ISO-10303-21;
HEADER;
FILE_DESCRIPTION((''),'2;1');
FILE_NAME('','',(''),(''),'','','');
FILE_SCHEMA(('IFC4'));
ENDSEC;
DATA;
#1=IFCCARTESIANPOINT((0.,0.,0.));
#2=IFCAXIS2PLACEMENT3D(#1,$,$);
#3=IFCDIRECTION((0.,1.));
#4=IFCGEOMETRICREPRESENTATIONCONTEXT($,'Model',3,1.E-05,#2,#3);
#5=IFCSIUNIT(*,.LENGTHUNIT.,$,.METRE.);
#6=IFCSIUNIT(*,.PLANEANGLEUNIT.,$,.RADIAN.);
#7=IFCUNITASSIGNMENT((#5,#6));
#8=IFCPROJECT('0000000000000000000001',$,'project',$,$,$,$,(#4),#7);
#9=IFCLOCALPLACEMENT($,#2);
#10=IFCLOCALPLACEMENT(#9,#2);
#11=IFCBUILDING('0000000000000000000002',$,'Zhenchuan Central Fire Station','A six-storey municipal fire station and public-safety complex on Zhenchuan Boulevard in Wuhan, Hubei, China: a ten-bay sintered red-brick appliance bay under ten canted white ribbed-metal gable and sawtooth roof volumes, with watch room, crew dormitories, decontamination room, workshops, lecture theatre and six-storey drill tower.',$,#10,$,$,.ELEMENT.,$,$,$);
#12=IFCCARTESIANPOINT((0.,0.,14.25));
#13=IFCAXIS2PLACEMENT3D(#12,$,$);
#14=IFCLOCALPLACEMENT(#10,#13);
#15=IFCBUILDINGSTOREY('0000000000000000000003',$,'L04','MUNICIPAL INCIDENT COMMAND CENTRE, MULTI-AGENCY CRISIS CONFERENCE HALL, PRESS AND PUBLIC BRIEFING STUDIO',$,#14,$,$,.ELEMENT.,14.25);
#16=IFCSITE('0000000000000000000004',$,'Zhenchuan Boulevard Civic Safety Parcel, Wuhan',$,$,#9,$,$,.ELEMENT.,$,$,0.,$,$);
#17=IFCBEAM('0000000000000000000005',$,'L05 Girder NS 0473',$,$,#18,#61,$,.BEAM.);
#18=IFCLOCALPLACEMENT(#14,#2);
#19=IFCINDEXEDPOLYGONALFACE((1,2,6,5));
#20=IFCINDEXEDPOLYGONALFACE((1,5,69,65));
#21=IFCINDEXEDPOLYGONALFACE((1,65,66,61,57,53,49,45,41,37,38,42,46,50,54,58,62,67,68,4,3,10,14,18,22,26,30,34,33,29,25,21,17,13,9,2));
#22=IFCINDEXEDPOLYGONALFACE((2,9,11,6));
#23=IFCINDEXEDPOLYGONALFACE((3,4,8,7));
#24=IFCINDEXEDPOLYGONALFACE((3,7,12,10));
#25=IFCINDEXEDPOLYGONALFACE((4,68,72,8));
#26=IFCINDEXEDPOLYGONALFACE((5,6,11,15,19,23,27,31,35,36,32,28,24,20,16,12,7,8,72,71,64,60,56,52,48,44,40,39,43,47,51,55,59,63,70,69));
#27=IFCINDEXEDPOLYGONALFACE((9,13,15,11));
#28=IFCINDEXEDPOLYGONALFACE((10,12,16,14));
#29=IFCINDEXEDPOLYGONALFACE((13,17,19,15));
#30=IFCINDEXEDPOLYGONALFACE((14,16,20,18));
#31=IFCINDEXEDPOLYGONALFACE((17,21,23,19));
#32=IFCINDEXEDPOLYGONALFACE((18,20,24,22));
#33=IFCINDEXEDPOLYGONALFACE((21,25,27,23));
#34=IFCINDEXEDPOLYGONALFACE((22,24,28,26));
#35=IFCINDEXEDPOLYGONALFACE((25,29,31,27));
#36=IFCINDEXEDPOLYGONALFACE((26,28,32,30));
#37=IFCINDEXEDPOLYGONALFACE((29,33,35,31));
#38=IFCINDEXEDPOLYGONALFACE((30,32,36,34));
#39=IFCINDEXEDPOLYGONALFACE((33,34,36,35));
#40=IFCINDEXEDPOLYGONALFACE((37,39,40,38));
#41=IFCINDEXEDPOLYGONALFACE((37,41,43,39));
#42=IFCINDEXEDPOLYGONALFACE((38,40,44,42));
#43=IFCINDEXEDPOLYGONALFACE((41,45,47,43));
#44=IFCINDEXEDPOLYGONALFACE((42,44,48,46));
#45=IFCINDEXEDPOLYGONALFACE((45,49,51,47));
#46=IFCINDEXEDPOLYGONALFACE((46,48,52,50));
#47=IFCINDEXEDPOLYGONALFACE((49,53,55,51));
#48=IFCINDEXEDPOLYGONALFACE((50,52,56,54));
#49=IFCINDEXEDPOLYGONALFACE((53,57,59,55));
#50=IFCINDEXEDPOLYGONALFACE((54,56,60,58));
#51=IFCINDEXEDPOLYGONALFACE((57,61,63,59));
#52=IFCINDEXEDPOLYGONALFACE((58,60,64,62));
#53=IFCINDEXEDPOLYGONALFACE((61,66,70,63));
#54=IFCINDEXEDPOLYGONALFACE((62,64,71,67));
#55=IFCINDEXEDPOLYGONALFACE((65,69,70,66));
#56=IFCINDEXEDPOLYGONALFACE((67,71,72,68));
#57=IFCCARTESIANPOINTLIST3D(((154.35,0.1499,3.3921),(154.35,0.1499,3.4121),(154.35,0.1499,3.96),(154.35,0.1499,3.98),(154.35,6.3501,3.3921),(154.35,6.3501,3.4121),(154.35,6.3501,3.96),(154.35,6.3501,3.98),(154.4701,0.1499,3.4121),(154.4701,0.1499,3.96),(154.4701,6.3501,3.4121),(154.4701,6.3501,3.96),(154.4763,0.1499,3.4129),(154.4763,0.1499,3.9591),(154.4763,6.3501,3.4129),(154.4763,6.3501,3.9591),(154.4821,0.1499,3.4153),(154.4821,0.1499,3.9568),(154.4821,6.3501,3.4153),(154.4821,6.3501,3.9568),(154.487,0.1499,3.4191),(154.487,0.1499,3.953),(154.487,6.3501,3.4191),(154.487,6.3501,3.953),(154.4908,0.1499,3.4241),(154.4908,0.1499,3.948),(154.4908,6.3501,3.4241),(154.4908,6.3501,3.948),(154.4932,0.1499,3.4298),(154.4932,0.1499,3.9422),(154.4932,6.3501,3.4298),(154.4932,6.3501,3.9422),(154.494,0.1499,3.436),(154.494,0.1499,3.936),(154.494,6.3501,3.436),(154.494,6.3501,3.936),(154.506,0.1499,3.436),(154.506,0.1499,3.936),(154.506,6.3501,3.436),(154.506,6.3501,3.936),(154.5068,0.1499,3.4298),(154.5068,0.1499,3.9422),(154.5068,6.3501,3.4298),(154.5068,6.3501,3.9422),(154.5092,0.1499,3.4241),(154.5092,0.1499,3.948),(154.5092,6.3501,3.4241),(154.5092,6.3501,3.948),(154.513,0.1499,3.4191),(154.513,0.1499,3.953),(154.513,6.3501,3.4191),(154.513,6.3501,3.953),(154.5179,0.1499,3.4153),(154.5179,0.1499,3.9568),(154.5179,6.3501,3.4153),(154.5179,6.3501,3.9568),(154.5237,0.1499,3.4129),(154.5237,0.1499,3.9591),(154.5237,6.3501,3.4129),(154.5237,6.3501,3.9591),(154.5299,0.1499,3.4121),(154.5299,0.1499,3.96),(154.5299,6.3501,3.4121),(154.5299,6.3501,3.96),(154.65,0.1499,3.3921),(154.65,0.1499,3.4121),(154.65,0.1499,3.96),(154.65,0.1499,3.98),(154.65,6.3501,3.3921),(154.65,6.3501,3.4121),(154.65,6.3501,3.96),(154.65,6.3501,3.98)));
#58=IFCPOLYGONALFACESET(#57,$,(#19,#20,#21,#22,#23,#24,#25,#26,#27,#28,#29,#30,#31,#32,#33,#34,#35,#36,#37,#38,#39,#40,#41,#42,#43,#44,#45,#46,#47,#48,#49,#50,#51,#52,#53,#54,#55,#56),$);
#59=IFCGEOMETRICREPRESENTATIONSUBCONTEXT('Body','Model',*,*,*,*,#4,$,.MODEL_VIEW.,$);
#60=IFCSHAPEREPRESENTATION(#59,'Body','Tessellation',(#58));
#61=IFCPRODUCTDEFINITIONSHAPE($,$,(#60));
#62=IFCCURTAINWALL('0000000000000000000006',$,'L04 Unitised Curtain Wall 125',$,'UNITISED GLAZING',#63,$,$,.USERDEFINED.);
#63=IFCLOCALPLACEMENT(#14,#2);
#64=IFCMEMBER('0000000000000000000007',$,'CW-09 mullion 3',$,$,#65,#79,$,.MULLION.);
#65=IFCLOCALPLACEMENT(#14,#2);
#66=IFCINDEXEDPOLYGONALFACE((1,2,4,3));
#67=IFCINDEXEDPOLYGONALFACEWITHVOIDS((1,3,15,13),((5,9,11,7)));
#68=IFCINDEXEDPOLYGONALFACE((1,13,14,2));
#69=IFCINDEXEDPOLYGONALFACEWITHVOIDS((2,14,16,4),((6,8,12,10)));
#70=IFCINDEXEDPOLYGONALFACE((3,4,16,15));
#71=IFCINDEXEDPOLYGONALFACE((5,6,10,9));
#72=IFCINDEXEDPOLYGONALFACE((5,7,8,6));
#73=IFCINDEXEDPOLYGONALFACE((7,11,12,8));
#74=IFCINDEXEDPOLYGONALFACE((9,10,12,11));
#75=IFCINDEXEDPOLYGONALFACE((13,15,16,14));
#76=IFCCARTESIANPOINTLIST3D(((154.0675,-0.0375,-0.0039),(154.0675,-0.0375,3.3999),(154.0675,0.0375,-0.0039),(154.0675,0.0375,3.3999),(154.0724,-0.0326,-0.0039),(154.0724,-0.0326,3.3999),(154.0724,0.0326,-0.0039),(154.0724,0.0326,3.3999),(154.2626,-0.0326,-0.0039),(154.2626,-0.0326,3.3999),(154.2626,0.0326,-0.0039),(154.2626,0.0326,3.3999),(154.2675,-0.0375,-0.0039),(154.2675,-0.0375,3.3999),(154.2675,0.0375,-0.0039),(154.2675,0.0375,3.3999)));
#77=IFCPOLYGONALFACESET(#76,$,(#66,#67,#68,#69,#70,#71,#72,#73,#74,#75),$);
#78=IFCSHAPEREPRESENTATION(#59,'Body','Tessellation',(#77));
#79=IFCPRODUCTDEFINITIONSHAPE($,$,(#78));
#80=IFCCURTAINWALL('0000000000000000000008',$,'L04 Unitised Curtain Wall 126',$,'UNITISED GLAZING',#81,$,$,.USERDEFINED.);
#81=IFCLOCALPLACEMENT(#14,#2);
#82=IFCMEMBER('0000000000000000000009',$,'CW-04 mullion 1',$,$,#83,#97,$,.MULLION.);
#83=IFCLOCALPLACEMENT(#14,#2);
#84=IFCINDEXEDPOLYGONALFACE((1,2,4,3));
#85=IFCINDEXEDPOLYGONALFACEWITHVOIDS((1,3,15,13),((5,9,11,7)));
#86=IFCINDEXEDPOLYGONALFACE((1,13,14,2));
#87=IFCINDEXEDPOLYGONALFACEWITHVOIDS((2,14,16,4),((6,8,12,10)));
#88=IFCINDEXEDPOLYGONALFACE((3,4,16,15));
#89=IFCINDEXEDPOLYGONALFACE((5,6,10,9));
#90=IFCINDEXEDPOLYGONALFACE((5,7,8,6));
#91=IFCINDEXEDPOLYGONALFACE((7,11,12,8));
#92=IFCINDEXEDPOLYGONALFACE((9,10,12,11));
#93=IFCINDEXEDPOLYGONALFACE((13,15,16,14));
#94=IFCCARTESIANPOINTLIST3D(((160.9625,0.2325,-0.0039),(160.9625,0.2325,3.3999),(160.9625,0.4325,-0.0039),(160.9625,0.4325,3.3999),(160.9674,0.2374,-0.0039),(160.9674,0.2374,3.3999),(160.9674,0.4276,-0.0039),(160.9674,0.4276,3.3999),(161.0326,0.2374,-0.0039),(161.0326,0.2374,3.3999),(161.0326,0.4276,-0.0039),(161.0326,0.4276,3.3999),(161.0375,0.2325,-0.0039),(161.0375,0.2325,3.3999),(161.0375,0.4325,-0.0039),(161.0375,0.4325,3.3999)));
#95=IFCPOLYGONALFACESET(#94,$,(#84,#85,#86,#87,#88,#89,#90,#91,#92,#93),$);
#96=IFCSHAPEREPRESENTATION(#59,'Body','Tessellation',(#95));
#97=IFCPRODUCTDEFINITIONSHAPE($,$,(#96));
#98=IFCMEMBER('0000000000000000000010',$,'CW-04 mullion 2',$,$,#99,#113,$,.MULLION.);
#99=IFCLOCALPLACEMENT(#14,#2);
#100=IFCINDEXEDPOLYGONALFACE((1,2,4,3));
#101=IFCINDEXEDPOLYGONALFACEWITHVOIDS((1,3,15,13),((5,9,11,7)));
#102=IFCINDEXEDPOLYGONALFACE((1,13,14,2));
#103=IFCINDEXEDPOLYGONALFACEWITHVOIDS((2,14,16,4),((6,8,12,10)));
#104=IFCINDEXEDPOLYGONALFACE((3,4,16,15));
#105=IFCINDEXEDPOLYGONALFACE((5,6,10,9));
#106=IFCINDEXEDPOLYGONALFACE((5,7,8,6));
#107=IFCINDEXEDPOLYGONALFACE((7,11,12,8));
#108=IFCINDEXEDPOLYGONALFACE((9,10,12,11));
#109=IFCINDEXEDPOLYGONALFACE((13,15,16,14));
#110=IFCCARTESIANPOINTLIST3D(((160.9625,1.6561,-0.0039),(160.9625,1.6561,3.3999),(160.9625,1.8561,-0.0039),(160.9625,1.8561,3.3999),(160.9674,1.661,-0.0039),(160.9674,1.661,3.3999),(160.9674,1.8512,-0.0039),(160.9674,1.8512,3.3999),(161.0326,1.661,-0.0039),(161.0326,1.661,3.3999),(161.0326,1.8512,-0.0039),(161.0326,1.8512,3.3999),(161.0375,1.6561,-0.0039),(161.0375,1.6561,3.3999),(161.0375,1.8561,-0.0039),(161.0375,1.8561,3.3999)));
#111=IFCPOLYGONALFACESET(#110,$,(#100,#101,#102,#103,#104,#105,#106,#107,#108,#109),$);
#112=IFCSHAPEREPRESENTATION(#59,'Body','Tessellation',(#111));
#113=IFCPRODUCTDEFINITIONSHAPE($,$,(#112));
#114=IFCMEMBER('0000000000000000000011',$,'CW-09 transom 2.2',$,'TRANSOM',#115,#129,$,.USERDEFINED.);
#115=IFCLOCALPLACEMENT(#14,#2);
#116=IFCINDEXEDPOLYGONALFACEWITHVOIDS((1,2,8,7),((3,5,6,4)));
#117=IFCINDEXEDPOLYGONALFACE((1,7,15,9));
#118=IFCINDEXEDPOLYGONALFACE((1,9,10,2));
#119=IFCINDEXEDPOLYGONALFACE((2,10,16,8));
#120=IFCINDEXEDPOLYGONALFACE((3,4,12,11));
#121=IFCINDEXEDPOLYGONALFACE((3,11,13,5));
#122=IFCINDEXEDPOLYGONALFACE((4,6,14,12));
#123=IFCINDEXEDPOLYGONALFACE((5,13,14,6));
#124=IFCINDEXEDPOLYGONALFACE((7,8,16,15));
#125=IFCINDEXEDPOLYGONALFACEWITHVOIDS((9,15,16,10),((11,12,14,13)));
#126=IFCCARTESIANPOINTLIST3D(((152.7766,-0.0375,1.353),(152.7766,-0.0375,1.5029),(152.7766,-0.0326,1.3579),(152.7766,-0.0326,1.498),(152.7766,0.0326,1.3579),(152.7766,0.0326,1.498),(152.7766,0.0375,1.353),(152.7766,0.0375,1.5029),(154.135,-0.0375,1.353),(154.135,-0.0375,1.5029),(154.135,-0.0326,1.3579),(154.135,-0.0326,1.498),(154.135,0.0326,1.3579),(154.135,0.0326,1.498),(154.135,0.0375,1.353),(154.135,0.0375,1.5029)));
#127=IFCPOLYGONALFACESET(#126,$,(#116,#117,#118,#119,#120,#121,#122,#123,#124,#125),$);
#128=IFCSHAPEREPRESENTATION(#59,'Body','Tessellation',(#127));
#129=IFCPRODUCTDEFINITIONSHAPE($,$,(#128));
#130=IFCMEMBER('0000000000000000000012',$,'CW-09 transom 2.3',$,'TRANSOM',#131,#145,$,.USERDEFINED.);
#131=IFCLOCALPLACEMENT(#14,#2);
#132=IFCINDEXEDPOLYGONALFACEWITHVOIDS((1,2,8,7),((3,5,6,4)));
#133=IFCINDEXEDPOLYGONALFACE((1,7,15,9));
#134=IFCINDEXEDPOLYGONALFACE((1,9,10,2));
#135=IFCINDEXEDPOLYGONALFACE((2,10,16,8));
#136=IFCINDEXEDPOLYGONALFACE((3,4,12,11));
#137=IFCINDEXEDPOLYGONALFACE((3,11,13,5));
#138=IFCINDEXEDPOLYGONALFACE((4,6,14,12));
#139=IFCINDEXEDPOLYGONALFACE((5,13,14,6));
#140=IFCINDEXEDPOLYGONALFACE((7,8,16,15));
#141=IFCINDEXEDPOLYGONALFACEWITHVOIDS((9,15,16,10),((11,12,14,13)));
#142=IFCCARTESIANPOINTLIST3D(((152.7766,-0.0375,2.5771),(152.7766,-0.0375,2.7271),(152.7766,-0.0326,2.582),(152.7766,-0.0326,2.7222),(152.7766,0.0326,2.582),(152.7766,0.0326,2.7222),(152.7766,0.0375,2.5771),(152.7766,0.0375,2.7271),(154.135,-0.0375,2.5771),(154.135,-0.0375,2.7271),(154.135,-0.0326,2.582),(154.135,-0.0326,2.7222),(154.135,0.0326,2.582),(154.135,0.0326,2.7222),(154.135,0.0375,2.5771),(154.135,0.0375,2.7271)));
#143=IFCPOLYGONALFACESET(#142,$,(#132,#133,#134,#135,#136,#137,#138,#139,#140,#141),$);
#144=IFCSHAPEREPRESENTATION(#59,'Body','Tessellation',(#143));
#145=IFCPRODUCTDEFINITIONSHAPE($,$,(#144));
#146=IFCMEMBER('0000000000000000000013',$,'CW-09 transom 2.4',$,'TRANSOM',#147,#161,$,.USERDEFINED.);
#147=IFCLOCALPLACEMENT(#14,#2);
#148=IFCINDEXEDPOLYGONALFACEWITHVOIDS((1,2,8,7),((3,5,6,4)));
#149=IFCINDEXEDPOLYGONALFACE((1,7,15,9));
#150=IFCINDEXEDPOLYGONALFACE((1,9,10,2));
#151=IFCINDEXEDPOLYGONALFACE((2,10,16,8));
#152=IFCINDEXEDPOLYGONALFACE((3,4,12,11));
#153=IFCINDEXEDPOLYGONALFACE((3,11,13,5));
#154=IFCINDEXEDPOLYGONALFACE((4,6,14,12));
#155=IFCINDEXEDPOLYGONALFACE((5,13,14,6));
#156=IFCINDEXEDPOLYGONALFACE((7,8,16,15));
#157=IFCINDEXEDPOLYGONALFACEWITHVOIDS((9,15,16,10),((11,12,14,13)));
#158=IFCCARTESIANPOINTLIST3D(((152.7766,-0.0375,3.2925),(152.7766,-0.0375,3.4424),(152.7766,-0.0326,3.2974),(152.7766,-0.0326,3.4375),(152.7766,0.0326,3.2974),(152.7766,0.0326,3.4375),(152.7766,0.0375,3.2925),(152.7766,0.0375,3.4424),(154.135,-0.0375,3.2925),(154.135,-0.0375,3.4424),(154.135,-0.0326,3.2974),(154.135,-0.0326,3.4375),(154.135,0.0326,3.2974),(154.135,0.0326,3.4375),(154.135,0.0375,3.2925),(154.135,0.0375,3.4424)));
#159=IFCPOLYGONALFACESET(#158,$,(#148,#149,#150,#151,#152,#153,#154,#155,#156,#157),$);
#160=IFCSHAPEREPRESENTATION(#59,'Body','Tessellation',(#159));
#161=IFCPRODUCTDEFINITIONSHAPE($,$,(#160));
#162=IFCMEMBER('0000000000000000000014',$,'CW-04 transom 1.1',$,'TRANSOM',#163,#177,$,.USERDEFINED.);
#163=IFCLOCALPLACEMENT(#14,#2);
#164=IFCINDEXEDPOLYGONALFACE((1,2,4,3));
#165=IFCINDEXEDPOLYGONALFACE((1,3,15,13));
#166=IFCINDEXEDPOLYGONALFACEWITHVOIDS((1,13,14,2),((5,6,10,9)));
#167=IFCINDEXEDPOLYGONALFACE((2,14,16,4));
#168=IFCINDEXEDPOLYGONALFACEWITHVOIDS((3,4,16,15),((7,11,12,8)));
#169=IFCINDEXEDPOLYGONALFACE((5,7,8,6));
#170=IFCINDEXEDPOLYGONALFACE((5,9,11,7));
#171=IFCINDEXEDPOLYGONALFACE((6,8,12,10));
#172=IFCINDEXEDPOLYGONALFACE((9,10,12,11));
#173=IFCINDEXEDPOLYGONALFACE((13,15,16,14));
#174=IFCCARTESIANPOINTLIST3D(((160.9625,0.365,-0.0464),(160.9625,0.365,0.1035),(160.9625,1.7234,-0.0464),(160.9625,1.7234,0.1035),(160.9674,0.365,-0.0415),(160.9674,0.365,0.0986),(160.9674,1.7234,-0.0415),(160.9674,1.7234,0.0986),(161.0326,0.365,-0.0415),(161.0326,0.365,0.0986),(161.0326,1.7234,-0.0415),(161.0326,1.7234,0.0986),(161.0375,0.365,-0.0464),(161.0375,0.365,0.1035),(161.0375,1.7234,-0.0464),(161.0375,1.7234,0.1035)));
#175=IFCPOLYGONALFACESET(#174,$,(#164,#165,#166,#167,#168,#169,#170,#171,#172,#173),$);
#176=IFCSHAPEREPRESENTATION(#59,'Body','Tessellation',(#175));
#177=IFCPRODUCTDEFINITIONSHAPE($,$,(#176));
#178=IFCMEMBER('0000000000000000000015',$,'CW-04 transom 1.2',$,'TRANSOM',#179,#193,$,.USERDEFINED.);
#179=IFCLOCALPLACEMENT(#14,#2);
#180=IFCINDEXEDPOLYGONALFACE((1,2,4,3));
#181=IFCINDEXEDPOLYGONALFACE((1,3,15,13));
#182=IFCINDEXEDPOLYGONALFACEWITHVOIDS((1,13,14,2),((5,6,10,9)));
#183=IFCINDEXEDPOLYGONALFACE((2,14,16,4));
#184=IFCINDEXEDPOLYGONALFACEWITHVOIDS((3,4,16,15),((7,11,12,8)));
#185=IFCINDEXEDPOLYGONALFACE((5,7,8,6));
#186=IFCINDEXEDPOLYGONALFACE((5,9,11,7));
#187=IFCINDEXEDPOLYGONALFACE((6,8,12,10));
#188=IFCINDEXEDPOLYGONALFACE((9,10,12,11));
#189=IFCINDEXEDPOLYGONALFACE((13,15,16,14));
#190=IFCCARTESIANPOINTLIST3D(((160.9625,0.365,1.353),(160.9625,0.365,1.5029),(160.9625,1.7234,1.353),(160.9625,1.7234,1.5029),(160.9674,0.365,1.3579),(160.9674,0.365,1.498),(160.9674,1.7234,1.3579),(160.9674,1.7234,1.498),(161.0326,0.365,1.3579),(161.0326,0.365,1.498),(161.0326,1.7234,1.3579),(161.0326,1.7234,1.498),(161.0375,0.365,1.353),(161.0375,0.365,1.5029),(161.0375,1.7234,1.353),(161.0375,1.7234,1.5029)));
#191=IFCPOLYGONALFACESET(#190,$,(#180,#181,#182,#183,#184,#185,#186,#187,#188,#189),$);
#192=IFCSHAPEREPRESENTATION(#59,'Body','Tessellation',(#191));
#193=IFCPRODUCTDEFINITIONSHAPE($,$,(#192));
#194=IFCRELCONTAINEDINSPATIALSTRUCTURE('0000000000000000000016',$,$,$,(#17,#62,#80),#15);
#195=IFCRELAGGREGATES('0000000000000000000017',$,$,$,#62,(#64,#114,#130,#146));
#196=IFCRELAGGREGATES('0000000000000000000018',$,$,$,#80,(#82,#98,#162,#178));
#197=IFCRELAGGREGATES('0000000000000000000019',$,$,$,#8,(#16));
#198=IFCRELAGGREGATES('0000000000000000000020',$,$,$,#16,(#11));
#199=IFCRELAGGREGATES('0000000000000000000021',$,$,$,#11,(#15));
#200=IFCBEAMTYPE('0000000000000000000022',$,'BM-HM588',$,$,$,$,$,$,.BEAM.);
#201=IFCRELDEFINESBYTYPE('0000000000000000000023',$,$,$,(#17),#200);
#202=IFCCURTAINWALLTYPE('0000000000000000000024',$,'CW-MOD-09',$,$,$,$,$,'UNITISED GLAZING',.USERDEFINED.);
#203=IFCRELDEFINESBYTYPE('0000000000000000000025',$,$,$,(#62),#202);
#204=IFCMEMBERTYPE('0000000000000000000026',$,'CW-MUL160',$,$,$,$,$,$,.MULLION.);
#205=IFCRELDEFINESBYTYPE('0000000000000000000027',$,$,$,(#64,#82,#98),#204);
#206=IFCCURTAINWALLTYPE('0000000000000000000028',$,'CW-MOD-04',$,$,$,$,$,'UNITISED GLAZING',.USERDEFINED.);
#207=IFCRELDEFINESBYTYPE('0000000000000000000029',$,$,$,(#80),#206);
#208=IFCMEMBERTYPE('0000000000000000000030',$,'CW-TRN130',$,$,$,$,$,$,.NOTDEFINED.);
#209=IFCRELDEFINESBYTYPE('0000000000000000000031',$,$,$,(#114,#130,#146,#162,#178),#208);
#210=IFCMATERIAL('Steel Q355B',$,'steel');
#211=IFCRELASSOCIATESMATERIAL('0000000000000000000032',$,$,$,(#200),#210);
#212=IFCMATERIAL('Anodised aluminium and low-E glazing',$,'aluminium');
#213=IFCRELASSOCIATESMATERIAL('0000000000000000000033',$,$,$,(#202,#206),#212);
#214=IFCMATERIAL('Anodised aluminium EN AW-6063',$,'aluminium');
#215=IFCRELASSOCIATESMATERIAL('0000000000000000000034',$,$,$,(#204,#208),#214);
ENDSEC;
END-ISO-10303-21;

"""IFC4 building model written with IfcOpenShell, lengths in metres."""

from ifc_helpers import new_model, si_unit, direction, frame, origin, origin_2d, place, context, subcontext, project, spatial, hollow_rectangle, i_section, extrude, material, material_profile, profile_set, type_object, element, aggregate, save


model = new_model("IFC4")

# Units and contexts
model_context = context("Model", 3, precision=1e-05, world=origin(), true_north=direction((0.0, 1.0)))
body_context = subcontext(model_context, "Body", "Model", "MODEL_VIEW")
ifc_project = project(units=[si_unit("LENGTHUNIT", "METRE"), si_unit("PLANEANGLEUNIT", "RADIAN")], contexts=[model_context])

# Site, building, storey
site_placement = place(None, origin())
site = spatial("IfcSite", under=ifc_project, at=site_placement, Name="Zhenchuan Boulevard Civic Safety Parcel, Wuhan", CompositionType="ELEMENT", RefElevation=0.0)
building_placement = place(site_placement, origin())
building = spatial("IfcBuilding", under=site, at=building_placement, Name="Zhenchuan Central Fire Station", Description="A six-storey municipal fire station and public-safety complex on Zhenchuan Boulevard in Wuhan, Hubei, China: a ten-bay sintered red-brick appliance bay under ten canted white ribbed-metal gable and sawtooth roof volumes, with watch room, crew dormitories, decontamination room, workshops, lecture theatre and six-storey drill tower.", CompositionType="ELEMENT")
storey_placement = place(building_placement, frame((0.0, 0.0, 14.25)))
storey = spatial("IfcBuildingStorey", under=building, at=storey_placement, Name="L04", Description="MUNICIPAL INCIDENT COMMAND CENTRE, MULTI-AGENCY CRISIS CONFERENCE HALL, PRESS AND PUBLIC BRIEFING STUDIO", CompositionType="ELEMENT", Elevation=14.25)

# Shared definitions
ifc_material_1 = material(Name="Steel Q355B", Category="steel")

# Beam
ifc_material_profile_1 = material_profile(ifc_material_1, i_section(OverallWidth=0.3, OverallDepth=0.5879, WebThickness=0.012, FlangeThickness=0.02, FilletRadius=0.0239, at=origin_2d()), Name="HM 588x300")
ifc_profile_set_1 = profile_set([ifc_material_profile_1], Name="Steel Q355B")
beam_type_1 = type_object("IfcBeamType", Name="BM-HM588", PredefinedType="BEAM", material=ifc_profile_set_1)
beam_1_placement = place(storey_placement, frame((154.5, 0.1499, 3.686), z_axis=(0.0, 1.0, 0.0), x_axis=(-1.0, 0.0, 0.0)))
element("IfcBeam", 1, at=beam_1_placement, inside=storey, type_object=beam_type_1, Name="L05 Girder NS 0473", PredefinedType="BEAM", context=body_context, shape_type="SweptSolid", body=[
    extrude(i_section(OverallWidth=0.3, OverallDepth=0.5879, WebThickness=0.012, FlangeThickness=0.02, FilletRadius=0.0239, at=origin_2d()), origin(), (0.0, 0.0, 1.0), 6.2002),
])

# Curtain wall, member
ifc_material_2 = material(Name="Anodised aluminium and low-E glazing", Category="aluminium")
curtain_wall_type_1 = type_object("IfcCurtainWallType", Name="CW-MOD-09", ElementType="UNITISED GLAZING", PredefinedType="USERDEFINED", material=ifc_material_2)
curtain_wall_1_placement = place(storey_placement, origin())
curtain_wall_1 = element("IfcCurtainWall", 2, at=curtain_wall_1_placement, inside=storey, type_object=curtain_wall_type_1, Name="L04 Unitised Curtain Wall 125", ObjectType="UNITISED GLAZING", PredefinedType="USERDEFINED")
ifc_material_3 = material(Name="Anodised aluminium EN AW-6063", Category="aluminium")
ifc_material_profile_2 = material_profile(ifc_material_3, hollow_rectangle(XDim=0.075, YDim=0.2, WallThickness=0.0049, at=origin_2d()), Name="ALU-M 200x75")
ifc_profile_set_2 = profile_set([ifc_material_profile_2], Name="Anodised aluminium EN AW-6063")
member_type_1 = type_object("IfcMemberType", Name="CW-MUL160", PredefinedType="MULLION", material=ifc_profile_set_2)
member_1_placement = place(storey_placement, frame((154.1675, 0.0, -0.0039), z_axis=(0.0, 0.0, 1.0), x_axis=(0.0, 1.0, 0.0)))
member_1 = element("IfcMember", 3, at=member_1_placement, type_object=member_type_1, Name="CW-09 mullion 3", PredefinedType="MULLION", context=body_context, shape_type="SweptSolid", body=[
    extrude(hollow_rectangle(XDim=0.075, YDim=0.2, WallThickness=0.0049, at=origin_2d()), origin(), (0.0, 0.0, 1.0), 3.4038),
])

# Curtain wall, members
curtain_wall_type_2 = type_object("IfcCurtainWallType", Name="CW-MOD-04", ElementType="UNITISED GLAZING", PredefinedType="USERDEFINED", material=ifc_material_2)
curtain_wall_2_placement = place(storey_placement, origin())
curtain_wall_2 = element("IfcCurtainWall", 4, at=curtain_wall_2_placement, inside=storey, type_object=curtain_wall_type_2, Name="L04 Unitised Curtain Wall 126", ObjectType="UNITISED GLAZING", PredefinedType="USERDEFINED")
member_2_placement = place(storey_placement, frame((161.0, 0.3325, -0.0039), z_axis=(0.0, 0.0, 1.0), x_axis=(-1.0, 0.0, 0.0)))
member_2 = element("IfcMember", 5, at=member_2_placement, type_object=member_type_1, Name="CW-04 mullion 1", PredefinedType="MULLION", context=body_context, shape_type="SweptSolid", body=[
    extrude(hollow_rectangle(XDim=0.075, YDim=0.2, WallThickness=0.0049, at=origin_2d()), origin(), (0.0, 0.0, 1.0), 3.4038),
])
member_3_placement = place(storey_placement, frame((161.0, 1.7561, -0.0039), z_axis=(0.0, 0.0, 1.0), x_axis=(-1.0, 0.0, 0.0)))
member_3 = element("IfcMember", 6, at=member_3_placement, type_object=member_type_1, Name="CW-04 mullion 2", PredefinedType="MULLION", context=body_context, shape_type="SweptSolid", body=[
    extrude(hollow_rectangle(XDim=0.075, YDim=0.2, WallThickness=0.0049, at=origin_2d()), origin(), (0.0, 0.0, 1.0), 3.4038),
])

# Members
ifc_material_profile_3 = material_profile(ifc_material_3, hollow_rectangle(XDim=0.075, YDim=0.1499, WallThickness=0.0049, at=origin_2d()), Name="ALU-T 150x75")
ifc_profile_set_3 = profile_set([ifc_material_profile_3], Name="Anodised aluminium EN AW-6063")
member_type_2 = type_object("IfcMemberType", Name="CW-TRN130", PredefinedType="NOTDEFINED", material=ifc_profile_set_3)
member_4_placement = place(storey_placement, frame((152.7766, 0.0, 1.428), z_axis=(1.0, 0.0, 0.0), x_axis=(0.0, 1.0, 0.0)))
member_4 = element("IfcMember", 7, at=member_4_placement, type_object=member_type_2, Name="CW-09 transom 2.2", ObjectType="TRANSOM", PredefinedType="USERDEFINED", context=body_context, shape_type="SweptSolid", body=[
    extrude(hollow_rectangle(XDim=0.075, YDim=0.1499, WallThickness=0.0049, at=origin_2d()), origin(), (0.0, 0.0, 1.0), 1.3584),
])
member_5_placement = place(storey_placement, frame((152.7766, 0.0, 2.6521), z_axis=(1.0, 0.0, 0.0), x_axis=(0.0, 1.0, 0.0)))
member_5 = element("IfcMember", 8, at=member_5_placement, type_object=member_type_2, Name="CW-09 transom 2.3", ObjectType="TRANSOM", PredefinedType="USERDEFINED", context=body_context, shape_type="SweptSolid", body=[
    extrude(hollow_rectangle(XDim=0.075, YDim=0.1499, WallThickness=0.0049, at=origin_2d()), origin(), (0.0, 0.0, 1.0), 1.3584),
])
member_6_placement = place(storey_placement, frame((152.7766, 0.0, 3.3674), z_axis=(1.0, 0.0, 0.0), x_axis=(0.0, 1.0, 0.0)))
member_6 = element("IfcMember", 9, at=member_6_placement, type_object=member_type_2, Name="CW-09 transom 2.4", ObjectType="TRANSOM", PredefinedType="USERDEFINED", context=body_context, shape_type="SweptSolid", body=[
    extrude(hollow_rectangle(XDim=0.075, YDim=0.1499, WallThickness=0.0049, at=origin_2d()), origin(), (0.0, 0.0, 1.0), 1.3584),
])
member_7_placement = place(storey_placement, frame((161.0, 0.365, 0.0286), z_axis=(0.0, 1.0, 0.0), x_axis=(-1.0, 0.0, 0.0)))
member_7 = element("IfcMember", 10, at=member_7_placement, type_object=member_type_2, Name="CW-04 transom 1.1", ObjectType="TRANSOM", PredefinedType="USERDEFINED", context=body_context, shape_type="SweptSolid", body=[
    extrude(hollow_rectangle(XDim=0.075, YDim=0.1499, WallThickness=0.0049, at=origin_2d()), origin(), (0.0, 0.0, 1.0), 1.3584),
])
member_8_placement = place(storey_placement, frame((161.0, 0.365, 1.428), z_axis=(0.0, 1.0, 0.0), x_axis=(-1.0, 0.0, 0.0)))
member_8 = element("IfcMember", 11, at=member_8_placement, type_object=member_type_2, Name="CW-04 transom 1.2", ObjectType="TRANSOM", PredefinedType="USERDEFINED", context=body_context, shape_type="SweptSolid", body=[
    extrude(hollow_rectangle(XDim=0.075, YDim=0.1499, WallThickness=0.0049, at=origin_2d()), origin(), (0.0, 0.0, 1.0), 1.3584),
])

aggregate(curtain_wall_1, [member_1, member_4, member_5, member_6])
aggregate(curtain_wall_2, [member_2, member_3, member_7, member_8])

save(model, "model.ifc")
